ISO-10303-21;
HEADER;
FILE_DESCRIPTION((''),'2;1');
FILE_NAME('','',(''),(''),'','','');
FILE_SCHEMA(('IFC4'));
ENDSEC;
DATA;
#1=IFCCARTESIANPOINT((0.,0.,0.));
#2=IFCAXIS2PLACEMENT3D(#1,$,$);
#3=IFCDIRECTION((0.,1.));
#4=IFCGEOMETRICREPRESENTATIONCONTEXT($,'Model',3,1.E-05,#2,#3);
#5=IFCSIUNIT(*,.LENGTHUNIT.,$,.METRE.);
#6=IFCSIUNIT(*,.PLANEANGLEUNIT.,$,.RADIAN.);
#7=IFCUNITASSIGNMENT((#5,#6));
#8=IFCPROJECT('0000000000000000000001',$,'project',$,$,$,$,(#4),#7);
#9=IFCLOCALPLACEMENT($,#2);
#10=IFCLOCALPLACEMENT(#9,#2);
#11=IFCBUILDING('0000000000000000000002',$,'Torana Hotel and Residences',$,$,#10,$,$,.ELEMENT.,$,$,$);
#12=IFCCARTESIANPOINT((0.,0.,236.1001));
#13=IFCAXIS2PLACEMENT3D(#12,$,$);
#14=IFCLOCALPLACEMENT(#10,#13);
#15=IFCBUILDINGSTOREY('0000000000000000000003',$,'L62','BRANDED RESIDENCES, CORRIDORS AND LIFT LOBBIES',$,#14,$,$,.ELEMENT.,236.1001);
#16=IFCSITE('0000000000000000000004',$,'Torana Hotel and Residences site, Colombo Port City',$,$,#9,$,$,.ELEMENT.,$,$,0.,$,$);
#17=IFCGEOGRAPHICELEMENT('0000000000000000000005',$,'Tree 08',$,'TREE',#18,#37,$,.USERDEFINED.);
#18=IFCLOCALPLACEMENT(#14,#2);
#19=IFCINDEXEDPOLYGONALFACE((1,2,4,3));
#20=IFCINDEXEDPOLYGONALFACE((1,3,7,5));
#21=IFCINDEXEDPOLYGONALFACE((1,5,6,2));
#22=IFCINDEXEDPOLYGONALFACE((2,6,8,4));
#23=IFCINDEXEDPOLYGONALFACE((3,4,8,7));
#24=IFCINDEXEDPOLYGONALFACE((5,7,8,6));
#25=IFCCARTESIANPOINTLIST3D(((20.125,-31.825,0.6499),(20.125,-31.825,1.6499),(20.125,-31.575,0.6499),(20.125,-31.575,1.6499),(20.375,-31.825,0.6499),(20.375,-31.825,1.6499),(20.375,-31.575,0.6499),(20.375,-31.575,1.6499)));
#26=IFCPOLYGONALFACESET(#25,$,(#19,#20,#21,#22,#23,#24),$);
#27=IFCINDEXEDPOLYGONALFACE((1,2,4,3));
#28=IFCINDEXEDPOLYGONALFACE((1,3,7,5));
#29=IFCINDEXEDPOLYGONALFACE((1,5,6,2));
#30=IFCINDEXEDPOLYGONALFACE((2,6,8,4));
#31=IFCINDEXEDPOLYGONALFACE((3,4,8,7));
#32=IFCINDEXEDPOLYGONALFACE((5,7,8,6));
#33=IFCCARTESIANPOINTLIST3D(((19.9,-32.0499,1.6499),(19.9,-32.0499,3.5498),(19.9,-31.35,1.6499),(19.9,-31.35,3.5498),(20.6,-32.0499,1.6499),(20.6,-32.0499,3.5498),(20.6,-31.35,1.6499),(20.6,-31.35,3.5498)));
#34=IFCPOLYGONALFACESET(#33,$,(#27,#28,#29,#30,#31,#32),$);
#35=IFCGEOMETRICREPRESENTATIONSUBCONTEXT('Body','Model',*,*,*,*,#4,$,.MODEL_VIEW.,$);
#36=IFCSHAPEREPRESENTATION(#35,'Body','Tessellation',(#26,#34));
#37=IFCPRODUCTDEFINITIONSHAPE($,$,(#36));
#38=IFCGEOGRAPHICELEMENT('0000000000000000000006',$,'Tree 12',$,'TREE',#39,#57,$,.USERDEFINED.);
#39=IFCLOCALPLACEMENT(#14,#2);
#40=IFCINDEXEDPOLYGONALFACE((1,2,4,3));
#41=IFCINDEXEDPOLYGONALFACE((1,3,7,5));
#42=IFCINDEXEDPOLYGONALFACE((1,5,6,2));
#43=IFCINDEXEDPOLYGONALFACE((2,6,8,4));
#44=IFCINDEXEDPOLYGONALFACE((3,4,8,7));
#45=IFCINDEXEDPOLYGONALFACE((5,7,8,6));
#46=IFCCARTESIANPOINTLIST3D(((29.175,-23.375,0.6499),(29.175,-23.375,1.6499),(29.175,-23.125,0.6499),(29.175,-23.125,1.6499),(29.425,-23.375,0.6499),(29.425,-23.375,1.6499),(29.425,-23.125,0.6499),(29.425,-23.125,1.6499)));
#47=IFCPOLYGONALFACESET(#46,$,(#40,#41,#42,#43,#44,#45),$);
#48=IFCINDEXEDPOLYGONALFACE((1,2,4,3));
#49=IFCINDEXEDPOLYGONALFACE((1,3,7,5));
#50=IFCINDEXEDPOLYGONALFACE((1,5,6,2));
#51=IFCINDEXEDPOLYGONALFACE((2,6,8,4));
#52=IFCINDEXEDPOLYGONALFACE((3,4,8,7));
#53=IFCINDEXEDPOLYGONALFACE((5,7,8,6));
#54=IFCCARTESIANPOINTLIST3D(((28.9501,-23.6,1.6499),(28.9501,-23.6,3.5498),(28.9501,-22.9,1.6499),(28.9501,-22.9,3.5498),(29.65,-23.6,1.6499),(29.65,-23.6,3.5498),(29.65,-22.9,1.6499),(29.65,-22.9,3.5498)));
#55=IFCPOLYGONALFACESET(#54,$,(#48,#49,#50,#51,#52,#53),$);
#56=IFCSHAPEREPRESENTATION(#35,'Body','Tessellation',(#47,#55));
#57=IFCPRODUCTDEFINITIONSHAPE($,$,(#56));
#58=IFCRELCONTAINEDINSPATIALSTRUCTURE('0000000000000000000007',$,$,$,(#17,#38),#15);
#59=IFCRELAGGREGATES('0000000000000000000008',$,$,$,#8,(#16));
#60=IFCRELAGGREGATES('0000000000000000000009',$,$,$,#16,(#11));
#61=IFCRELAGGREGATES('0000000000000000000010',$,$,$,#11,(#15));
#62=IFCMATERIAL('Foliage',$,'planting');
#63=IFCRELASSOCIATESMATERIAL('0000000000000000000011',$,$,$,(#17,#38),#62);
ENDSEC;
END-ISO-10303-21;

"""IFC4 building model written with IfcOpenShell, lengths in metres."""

from ifc_helpers import new_model, si_unit, direction, frame, origin, origin_2d, place, context, subcontext, project, spatial, rectangle, extrude, material, element, save


model = new_model("IFC4")

# Units and contexts
model_context = context("Model", 3, precision=1e-05, world=origin(), true_north=direction((0.0, 1.0)))
body_context = subcontext(model_context, "Body", "Model", "MODEL_VIEW")
ifc_project = project(units=[si_unit("LENGTHUNIT", "METRE"), si_unit("PLANEANGLEUNIT", "RADIAN")], contexts=[model_context])

# Site, building, storey
site_placement = place(None, origin())
site = spatial("IfcSite", under=ifc_project, at=site_placement, Name="Torana Hotel and Residences site, Colombo Port City", CompositionType="ELEMENT", RefElevation=0.0)
building_placement = place(site_placement, origin())
building = spatial("IfcBuilding", under=site, at=building_placement, Name="Torana Hotel and Residences", CompositionType="ELEMENT")
storey_placement = place(building_placement, frame((0.0, 0.0, 236.1001)))
storey = spatial("IfcBuildingStorey", under=building, at=storey_placement, Name="L62", Description="BRANDED RESIDENCES, CORRIDORS AND LIFT LOBBIES", CompositionType="ELEMENT", Elevation=236.1001)

# Geographic elements
ifc_material_1 = material(Name="Foliage", Category="planting")
for number, where, z_axis, x_axis, name in (
    (1, (20.25, -31.7, 0.6499), (0.0, 0.0, 1.0), (1.0, 0.0, 0.0), "Tree 08"),
    (2, (29.3, -23.25, 0.6499), (0.0, 0.0, 1.0), (1.0, 0.0, 0.0), "Tree 12"),
):
    element("IfcGeographicElement", number, at=place(storey_placement, frame(where, z_axis=z_axis, x_axis=x_axis)), inside=storey, material=ifc_material_1, Name=name, ObjectType="TREE", PredefinedType="USERDEFINED", context=body_context, shape_type="SweptSolid", body=[
        extrude(rectangle(XDim=0.25, YDim=0.25, at=origin_2d()), origin(), (0.0, 0.0, 1.0), 1.0),
        extrude(rectangle(XDim=0.7, YDim=0.7, at=origin_2d()), frame((0.0, 0.0, 1.0)), (0.0, 0.0, 1.0), 1.8999),
    ])

save(model, "model.ifc")
